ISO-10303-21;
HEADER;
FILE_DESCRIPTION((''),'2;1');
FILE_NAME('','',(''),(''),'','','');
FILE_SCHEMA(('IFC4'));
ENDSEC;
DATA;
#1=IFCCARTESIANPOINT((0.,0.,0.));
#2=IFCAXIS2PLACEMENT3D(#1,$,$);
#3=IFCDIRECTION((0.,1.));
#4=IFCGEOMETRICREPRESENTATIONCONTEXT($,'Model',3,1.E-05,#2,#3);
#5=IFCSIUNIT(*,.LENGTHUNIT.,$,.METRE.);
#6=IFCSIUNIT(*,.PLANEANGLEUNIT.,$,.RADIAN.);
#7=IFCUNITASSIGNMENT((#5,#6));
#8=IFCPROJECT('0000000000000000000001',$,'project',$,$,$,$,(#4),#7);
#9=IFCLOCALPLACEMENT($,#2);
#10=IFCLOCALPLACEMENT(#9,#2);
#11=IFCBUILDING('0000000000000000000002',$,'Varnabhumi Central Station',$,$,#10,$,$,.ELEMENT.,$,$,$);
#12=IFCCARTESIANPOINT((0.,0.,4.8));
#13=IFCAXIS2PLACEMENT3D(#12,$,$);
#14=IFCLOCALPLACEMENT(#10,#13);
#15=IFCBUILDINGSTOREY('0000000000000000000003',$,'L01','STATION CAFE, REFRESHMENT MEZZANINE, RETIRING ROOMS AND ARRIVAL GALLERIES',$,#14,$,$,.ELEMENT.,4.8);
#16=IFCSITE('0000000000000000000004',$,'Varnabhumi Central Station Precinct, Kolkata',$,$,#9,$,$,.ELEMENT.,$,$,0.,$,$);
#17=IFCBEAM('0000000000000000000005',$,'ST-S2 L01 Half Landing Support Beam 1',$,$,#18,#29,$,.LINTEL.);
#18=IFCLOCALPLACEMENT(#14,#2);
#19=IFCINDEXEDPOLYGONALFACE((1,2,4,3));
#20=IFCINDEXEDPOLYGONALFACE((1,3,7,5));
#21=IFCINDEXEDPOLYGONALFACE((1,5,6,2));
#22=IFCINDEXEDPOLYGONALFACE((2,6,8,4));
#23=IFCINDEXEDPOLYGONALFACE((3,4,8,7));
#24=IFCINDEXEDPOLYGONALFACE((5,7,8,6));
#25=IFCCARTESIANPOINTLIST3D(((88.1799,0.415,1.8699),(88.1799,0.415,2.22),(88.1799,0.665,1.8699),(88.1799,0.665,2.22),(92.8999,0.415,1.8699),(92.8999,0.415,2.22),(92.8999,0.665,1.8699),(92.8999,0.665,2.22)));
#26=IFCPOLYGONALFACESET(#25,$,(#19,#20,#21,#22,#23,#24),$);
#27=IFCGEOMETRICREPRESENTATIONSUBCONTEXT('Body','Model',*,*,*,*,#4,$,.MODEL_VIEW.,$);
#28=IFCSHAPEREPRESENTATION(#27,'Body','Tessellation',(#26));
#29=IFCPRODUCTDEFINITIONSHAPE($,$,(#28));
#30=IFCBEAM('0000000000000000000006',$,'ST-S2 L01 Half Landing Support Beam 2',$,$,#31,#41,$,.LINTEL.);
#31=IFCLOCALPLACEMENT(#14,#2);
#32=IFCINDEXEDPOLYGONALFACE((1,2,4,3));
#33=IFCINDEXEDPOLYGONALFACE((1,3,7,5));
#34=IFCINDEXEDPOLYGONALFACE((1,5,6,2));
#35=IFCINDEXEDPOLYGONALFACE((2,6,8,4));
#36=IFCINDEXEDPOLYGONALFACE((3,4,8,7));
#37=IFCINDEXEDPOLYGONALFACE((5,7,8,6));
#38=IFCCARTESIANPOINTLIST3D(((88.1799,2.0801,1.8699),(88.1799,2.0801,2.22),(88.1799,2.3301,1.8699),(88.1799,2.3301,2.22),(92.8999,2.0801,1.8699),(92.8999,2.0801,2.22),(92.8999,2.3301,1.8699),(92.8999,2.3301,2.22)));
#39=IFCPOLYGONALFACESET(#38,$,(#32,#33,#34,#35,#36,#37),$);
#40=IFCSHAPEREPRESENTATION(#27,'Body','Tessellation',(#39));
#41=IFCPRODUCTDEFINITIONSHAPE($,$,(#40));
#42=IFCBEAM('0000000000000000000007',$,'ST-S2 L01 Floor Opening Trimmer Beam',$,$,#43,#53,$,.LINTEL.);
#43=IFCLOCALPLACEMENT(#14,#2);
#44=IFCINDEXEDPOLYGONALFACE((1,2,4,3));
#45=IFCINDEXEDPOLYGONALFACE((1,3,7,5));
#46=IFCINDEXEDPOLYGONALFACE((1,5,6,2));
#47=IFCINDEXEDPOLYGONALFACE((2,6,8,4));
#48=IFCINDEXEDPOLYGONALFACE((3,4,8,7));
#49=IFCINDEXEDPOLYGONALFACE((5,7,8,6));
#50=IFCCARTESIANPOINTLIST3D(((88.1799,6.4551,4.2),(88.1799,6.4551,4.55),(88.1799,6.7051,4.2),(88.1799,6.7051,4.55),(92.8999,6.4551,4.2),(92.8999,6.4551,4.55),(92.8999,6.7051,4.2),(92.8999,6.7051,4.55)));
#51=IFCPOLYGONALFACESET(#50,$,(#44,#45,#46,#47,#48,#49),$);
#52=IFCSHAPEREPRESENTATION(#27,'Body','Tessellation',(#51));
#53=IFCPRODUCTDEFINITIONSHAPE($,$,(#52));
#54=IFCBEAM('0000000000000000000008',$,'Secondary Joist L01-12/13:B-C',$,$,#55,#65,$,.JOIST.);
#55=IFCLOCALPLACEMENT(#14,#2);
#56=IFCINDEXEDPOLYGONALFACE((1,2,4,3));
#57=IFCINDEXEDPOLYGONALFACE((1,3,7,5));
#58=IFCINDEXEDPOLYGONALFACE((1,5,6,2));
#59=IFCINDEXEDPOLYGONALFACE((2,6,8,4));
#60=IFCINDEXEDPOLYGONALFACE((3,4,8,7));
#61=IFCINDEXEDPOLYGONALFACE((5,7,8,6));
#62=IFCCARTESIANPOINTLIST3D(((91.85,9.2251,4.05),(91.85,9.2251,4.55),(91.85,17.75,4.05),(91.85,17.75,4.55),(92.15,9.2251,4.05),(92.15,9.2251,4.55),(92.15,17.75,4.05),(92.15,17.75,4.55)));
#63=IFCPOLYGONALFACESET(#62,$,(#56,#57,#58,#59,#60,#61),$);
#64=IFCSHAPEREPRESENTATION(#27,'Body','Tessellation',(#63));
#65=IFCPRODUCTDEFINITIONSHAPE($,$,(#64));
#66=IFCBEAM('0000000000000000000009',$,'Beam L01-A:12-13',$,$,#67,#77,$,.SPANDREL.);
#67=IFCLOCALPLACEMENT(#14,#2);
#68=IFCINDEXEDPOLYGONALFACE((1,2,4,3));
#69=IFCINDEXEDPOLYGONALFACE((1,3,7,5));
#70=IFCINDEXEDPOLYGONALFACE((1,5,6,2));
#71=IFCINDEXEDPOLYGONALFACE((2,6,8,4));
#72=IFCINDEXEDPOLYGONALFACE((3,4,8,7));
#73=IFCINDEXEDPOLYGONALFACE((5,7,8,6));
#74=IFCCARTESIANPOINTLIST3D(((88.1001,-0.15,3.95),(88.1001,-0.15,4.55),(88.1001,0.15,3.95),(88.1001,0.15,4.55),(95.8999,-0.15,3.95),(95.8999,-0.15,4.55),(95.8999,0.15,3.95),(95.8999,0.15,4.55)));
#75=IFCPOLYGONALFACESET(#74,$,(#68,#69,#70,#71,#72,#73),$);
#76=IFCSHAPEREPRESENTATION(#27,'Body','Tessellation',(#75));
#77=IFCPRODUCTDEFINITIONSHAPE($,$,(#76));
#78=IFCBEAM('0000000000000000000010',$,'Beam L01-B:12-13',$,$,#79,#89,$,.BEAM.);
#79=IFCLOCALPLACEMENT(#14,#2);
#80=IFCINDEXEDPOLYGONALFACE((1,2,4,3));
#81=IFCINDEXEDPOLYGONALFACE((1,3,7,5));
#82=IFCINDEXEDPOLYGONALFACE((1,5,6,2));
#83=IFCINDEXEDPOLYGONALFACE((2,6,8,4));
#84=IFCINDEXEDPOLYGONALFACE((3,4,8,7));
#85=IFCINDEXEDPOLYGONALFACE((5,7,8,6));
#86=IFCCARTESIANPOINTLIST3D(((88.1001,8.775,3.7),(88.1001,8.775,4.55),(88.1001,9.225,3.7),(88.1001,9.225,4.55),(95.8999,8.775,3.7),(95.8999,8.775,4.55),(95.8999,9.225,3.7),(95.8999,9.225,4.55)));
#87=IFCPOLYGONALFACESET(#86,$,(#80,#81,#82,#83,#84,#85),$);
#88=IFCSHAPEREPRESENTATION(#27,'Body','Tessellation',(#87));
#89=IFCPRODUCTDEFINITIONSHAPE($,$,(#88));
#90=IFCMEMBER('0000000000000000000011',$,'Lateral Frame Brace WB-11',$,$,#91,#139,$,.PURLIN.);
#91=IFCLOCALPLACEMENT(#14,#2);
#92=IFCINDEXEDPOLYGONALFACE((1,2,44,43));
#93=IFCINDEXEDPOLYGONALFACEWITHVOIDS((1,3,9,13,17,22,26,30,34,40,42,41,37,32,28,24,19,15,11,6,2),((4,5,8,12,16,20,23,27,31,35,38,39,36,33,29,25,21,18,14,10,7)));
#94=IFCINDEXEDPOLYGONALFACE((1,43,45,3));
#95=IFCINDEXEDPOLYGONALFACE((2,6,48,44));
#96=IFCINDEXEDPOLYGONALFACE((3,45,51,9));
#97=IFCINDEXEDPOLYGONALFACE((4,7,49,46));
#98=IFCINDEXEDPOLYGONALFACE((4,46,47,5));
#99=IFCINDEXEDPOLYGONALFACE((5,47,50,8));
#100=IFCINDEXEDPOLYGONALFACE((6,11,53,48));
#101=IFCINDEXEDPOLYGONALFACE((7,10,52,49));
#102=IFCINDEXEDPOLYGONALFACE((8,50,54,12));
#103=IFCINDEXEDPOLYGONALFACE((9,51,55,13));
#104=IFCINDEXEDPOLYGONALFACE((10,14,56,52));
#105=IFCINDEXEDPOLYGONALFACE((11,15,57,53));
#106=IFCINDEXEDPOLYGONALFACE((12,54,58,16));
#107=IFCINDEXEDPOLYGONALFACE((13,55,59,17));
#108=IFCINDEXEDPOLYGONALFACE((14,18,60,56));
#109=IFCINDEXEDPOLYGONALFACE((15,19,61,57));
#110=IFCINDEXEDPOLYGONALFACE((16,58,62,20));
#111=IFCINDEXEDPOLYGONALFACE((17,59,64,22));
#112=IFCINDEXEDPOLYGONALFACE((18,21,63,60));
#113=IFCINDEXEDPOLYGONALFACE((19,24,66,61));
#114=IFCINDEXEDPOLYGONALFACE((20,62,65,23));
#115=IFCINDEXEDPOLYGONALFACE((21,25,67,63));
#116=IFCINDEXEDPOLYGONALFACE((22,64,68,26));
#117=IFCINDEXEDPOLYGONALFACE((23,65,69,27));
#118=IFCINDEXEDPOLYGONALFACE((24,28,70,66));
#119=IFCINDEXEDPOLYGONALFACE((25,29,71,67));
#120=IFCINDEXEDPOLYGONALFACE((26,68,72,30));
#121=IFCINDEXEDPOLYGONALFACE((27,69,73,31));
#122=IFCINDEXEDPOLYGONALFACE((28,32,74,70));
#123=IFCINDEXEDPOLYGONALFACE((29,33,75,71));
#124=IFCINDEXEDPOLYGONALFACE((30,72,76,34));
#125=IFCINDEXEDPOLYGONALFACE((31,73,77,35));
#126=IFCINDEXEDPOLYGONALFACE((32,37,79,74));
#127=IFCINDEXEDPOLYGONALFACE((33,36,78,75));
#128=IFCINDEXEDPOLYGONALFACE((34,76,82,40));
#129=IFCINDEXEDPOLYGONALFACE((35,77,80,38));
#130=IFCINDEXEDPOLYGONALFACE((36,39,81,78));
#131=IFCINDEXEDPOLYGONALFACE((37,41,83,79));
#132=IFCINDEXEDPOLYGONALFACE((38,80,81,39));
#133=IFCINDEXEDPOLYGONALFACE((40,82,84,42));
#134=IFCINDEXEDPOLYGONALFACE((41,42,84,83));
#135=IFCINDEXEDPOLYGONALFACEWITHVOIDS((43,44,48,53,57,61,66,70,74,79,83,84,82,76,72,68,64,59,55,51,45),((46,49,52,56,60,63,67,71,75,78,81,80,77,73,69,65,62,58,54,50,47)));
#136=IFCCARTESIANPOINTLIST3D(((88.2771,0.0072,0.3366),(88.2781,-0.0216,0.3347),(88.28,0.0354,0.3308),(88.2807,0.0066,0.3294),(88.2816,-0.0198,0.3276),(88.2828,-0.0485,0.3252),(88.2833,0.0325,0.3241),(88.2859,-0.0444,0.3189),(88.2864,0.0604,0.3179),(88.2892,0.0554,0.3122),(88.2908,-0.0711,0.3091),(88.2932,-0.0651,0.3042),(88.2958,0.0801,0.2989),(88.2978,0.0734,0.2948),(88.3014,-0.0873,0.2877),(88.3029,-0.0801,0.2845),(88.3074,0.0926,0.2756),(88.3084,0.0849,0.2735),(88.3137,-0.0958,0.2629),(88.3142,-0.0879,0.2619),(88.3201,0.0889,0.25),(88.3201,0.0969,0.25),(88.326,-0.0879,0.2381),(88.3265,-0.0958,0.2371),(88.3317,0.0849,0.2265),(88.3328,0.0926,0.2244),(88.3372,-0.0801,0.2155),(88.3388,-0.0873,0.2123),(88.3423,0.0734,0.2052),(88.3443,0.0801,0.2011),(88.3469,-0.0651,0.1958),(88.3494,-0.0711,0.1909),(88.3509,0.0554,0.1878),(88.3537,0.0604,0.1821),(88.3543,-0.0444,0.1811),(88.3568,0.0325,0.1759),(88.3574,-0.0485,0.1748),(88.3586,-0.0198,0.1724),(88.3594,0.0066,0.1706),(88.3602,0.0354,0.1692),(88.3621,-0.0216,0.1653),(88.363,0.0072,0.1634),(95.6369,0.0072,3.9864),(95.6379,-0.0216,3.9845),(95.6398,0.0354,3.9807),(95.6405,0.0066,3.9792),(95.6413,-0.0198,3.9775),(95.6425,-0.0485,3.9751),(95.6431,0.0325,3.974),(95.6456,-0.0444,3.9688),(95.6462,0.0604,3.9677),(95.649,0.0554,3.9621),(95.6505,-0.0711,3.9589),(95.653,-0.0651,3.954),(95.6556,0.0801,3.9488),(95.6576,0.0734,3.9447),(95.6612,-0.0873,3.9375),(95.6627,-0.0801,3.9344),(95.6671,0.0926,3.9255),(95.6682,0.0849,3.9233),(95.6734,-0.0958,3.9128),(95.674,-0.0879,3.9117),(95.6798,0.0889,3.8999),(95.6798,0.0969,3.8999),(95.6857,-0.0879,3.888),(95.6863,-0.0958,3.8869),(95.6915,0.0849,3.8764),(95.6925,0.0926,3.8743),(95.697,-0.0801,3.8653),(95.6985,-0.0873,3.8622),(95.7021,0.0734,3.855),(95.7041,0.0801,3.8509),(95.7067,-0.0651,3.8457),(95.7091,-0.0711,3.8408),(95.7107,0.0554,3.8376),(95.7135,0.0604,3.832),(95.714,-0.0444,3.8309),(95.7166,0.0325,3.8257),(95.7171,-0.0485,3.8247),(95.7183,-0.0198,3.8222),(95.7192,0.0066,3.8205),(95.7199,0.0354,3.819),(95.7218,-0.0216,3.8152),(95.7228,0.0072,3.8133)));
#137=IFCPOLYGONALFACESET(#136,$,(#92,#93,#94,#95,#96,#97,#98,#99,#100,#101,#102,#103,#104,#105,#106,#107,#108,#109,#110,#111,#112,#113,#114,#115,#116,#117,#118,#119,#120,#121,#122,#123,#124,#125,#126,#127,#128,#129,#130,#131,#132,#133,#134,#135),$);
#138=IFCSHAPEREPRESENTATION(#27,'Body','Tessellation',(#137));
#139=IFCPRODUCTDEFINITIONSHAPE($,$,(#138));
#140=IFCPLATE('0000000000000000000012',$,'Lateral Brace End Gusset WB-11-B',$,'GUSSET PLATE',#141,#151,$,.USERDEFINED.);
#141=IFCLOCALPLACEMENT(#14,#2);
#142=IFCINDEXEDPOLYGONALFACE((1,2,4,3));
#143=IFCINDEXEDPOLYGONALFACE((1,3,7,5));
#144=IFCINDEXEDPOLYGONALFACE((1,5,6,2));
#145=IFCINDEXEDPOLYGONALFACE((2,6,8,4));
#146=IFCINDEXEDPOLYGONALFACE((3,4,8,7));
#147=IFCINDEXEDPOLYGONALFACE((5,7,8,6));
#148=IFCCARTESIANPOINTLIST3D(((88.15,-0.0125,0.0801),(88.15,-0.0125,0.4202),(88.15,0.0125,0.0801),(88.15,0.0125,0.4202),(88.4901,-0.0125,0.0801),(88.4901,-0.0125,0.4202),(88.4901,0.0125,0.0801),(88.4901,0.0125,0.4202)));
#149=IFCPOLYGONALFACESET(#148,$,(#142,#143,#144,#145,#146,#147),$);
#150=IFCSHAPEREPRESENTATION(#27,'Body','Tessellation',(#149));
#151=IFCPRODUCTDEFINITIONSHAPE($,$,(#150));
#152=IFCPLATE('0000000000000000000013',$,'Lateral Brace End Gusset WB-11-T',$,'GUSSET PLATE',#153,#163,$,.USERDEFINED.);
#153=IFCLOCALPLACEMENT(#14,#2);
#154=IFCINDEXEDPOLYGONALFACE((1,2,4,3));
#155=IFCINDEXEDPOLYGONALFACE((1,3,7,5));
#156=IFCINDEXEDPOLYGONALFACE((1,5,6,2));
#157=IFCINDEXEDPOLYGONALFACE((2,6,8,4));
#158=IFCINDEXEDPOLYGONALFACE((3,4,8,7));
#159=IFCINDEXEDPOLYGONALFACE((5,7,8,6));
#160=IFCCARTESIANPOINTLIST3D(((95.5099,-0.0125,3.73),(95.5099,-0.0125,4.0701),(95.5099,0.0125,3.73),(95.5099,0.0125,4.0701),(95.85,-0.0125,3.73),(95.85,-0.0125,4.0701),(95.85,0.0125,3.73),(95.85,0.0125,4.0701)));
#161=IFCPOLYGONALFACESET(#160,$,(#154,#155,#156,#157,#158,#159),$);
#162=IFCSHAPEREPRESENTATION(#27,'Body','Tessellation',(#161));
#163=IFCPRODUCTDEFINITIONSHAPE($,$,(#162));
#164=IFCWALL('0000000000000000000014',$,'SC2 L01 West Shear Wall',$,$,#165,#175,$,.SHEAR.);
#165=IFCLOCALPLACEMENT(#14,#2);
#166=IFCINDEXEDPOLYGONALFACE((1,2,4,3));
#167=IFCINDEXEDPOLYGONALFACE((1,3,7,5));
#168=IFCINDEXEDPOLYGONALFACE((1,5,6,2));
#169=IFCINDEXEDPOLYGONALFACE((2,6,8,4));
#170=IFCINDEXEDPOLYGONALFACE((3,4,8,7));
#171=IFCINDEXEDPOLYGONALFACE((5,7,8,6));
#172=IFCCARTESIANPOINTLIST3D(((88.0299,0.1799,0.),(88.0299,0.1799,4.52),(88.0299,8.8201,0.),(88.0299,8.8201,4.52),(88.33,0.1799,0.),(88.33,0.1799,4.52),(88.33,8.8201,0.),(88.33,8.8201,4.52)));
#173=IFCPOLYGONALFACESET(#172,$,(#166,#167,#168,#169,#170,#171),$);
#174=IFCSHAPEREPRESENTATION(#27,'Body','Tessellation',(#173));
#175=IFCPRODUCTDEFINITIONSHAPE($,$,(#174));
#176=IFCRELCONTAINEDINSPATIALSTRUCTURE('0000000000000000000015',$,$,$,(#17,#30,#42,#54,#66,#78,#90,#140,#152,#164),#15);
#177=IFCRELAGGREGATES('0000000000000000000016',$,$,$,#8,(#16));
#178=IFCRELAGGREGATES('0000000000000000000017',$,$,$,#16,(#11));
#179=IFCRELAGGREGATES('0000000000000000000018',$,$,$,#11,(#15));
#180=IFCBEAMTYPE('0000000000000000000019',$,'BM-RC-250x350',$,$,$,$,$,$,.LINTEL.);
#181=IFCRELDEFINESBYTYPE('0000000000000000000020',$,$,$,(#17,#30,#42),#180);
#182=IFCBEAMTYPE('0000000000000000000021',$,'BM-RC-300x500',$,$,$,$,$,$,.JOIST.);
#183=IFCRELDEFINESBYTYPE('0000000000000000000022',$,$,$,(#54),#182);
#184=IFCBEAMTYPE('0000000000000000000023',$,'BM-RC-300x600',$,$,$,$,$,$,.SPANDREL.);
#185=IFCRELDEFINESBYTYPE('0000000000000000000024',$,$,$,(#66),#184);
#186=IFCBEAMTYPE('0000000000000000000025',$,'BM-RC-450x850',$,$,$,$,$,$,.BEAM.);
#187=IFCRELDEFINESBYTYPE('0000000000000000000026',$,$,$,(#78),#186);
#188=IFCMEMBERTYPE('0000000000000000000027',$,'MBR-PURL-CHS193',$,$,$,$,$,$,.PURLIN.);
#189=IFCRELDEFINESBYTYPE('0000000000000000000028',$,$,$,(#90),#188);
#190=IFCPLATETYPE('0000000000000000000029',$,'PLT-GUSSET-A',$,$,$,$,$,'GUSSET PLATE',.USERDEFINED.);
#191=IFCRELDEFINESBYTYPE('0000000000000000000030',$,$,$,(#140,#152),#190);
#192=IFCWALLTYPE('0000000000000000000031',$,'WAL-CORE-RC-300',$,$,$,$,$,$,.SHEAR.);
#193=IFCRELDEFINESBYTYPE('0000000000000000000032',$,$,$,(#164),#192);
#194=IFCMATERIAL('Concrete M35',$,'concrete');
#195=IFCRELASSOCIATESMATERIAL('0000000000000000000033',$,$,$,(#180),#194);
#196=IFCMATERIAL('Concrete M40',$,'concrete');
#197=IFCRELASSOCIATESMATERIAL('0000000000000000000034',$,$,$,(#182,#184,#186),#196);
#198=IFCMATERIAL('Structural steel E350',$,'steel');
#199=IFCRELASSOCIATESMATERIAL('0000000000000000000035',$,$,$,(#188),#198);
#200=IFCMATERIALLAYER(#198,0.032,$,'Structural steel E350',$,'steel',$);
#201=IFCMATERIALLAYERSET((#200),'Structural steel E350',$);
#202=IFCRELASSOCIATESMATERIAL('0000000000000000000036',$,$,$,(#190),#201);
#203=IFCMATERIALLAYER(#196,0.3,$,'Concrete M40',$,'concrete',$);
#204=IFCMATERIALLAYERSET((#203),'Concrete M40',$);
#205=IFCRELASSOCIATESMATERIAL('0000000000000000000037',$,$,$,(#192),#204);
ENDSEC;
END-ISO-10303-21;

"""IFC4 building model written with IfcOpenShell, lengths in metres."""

from ifc_helpers import new_model, si_unit, direction, frame, frame_2d, origin, origin_2d, place, context, subcontext, project, spatial, rectangle, hollow_circle, extrude, material, layer, layer_set, material_profile, profile_set, type_object, element, save


model = new_model("IFC4")

# Units and contexts
model_context = context("Model", 3, precision=1e-05, world=origin(), true_north=direction((0.0, 1.0)))
body_context = subcontext(model_context, "Body", "Model", "MODEL_VIEW")
ifc_project = project(units=[si_unit("LENGTHUNIT", "METRE"), si_unit("PLANEANGLEUNIT", "RADIAN")], contexts=[model_context])

# Site, building, storey
site_placement = place(None, origin())
site = spatial("IfcSite", under=ifc_project, at=site_placement, Name="Varnabhumi Central Station Precinct, Kolkata", CompositionType="ELEMENT", RefElevation=0.0)
building_placement = place(site_placement, origin())
building = spatial("IfcBuilding", under=site, at=building_placement, Name="Varnabhumi Central Station", CompositionType="ELEMENT")
storey_placement = place(building_placement, frame((0.0, 0.0, 4.8)))
storey = spatial("IfcBuildingStorey", under=building, at=storey_placement, Name="L01", Description="STATION CAFE, REFRESHMENT MEZZANINE, RETIRING ROOMS AND ARRIVAL GALLERIES", CompositionType="ELEMENT", Elevation=4.8)

# Beams
ifc_material_1 = material(Name="Concrete M35", Category="concrete")
ifc_material_profile_1 = material_profile(ifc_material_1, rectangle(XDim=0.25, YDim=0.3501, at=origin_2d()), Name="Concrete M35", Category="concrete")
ifc_profile_set_1 = profile_set([ifc_material_profile_1], Name="Concrete M35")
beam_type_1 = type_object("IfcBeamType", Name="BM-RC-250x350", PredefinedType="LINTEL", material=ifc_profile_set_1)
for number, where, z_axis, x_axis, name in (
    (1, (88.1799, 0.54, 2.0449), (1.0, 0.0, 0.0), (0.0, 1.0, 0.0), "ST-S2 L01 Half Landing Support Beam 1"),
    (2, (88.1799, 2.2051, 2.0449), (1.0, 0.0, 0.0), (0.0, 1.0, 0.0), "ST-S2 L01 Half Landing Support Beam 2"),
    (3, (88.1799, 6.5801, 4.375), (1.0, 0.0, 0.0), (0.0, 1.0, 0.0), "ST-S2 L01 Floor Opening Trimmer Beam"),
):
    element("IfcBeam", number, at=place(storey_placement, frame(where, z_axis=z_axis, x_axis=x_axis)), inside=storey, type_object=beam_type_1, Name=name, PredefinedType="LINTEL", context=body_context, shape_type="SweptSolid", body=[
        extrude(rectangle(XDim=0.25, YDim=0.3501, at=origin_2d()), origin(), (0.0, 0.0, 1.0), 4.72),
    ])
ifc_material_2 = material(Name="Concrete M40", Category="concrete")
ifc_material_profile_2 = material_profile(ifc_material_2, rectangle(XDim=0.3, YDim=0.5, at=origin_2d()), Name="Concrete M40", Category="concrete")
ifc_profile_set_2 = profile_set([ifc_material_profile_2], Name="Concrete M40")
beam_type_2 = type_object("IfcBeamType", Name="BM-RC-300x500", PredefinedType="JOIST", material=ifc_profile_set_2)
beam_1_placement = place(storey_placement, frame((92.0, 9.2251, 4.3), z_axis=(0.0, 1.0, 0.0), x_axis=(-1.0, 0.0, 0.0)))
element("IfcBeam", 4, at=beam_1_placement, inside=storey, type_object=beam_type_2, Name="Secondary Joist L01-12/13:B-C", PredefinedType="JOIST", context=body_context, shape_type="SweptSolid", body=[
    extrude(rectangle(XDim=0.3, YDim=0.5, at=origin_2d()), origin(), (0.0, 0.0, 1.0), 8.5249),
])
ifc_material_profile_3 = material_profile(ifc_material_2, rectangle(XDim=0.3, YDim=0.6001, at=origin_2d()), Name="Concrete M40", Category="concrete")
ifc_profile_set_3 = profile_set([ifc_material_profile_3], Name="Concrete M40")
beam_type_3 = type_object("IfcBeamType", Name="BM-RC-300x600", PredefinedType="SPANDREL", material=ifc_profile_set_3)
beam_2_placement = place(storey_placement, frame((88.1001, 0.0, 4.25), z_axis=(1.0, 0.0, 0.0), x_axis=(0.0, 1.0, 0.0)))
element("IfcBeam", 5, at=beam_2_placement, inside=storey, type_object=beam_type_3, Name="Beam L01-A:12-13", PredefinedType="SPANDREL", context=body_context, shape_type="SweptSolid", body=[
    extrude(rectangle(XDim=0.3, YDim=0.6001, at=origin_2d()), origin(), (0.0, 0.0, 1.0), 7.7998),
])
ifc_material_profile_4 = material_profile(ifc_material_2, rectangle(XDim=0.45, YDim=0.8501, at=origin_2d()), Name="Concrete M40", Category="concrete")
ifc_profile_set_4 = profile_set([ifc_material_profile_4], Name="Concrete M40")
beam_type_4 = type_object("IfcBeamType", Name="BM-RC-450x850", PredefinedType="BEAM", material=ifc_profile_set_4)
beam_3_placement = place(storey_placement, frame((88.1001, 9.0, 4.125), z_axis=(1.0, 0.0, 0.0), x_axis=(0.0, 1.0, 0.0)))
element("IfcBeam", 6, at=beam_3_placement, inside=storey, type_object=beam_type_4, Name="Beam L01-B:12-13", PredefinedType="BEAM", context=body_context, shape_type="SweptSolid", body=[
    extrude(rectangle(XDim=0.45, YDim=0.8501, at=origin_2d()), origin(), (0.0, 0.0, 1.0), 7.7998),
])

# Member
ifc_material_3 = material(Name="Structural steel E350", Category="steel")
ifc_material_profile_5 = material_profile(ifc_material_3, hollow_circle(Radius=0.0969, WallThickness=0.0081, at=origin_2d()), Name="Structural steel E350", Category="steel")
ifc_profile_set_5 = profile_set([ifc_material_profile_5], Name="Structural steel E350")
member_type = type_object("IfcMemberType", Name="MBR-PURL-CHS193", PredefinedType="PURLIN", material=ifc_profile_set_5)
member_placement = place(storey_placement, frame((88.3201, 0.0, 0.25), z_axis=(0.895885, 0.0, 0.444287), x_axis=(0.0, 1.0, 0.0)))
element("IfcMember", 7, at=member_placement, inside=storey, type_object=member_type, Name="Lateral Frame Brace WB-11", PredefinedType="PURLIN", context=body_context, shape_type="SweptSolid", body=[
    extrude(hollow_circle(Radius=0.0969, WallThickness=0.0081, at=origin_2d()), origin(), (0.0, 0.0, 1.0), 8.2151),
])

# Plates
ifc_layer_1 = layer(ifc_material_3, 0.032, Name="Structural steel E350", Category="steel")
ifc_layer_set_1 = layer_set([ifc_layer_1], Name="Structural steel E350")
plate_type = type_object("IfcPlateType", Name="PLT-GUSSET-A", ElementType="GUSSET PLATE", PredefinedType="USERDEFINED", material=ifc_layer_set_1)
for number, where, z_axis, x_axis, name in (
    (8, (88.3201, 0.0, 0.0801), (0.0, 0.0, 1.0), (1.0, 0.0, 0.0), "Lateral Brace End Gusset WB-11-B"),
    (9, (95.6799, 0.0, 3.73), (0.0, 0.0, 1.0), (1.0, 0.0, 0.0), "Lateral Brace End Gusset WB-11-T"),
):
    element("IfcPlate", number, at=place(storey_placement, frame(where, z_axis=z_axis, x_axis=x_axis)), inside=storey, type_object=plate_type, Name=name, ObjectType="GUSSET PLATE", PredefinedType="USERDEFINED", context=body_context, shape_type="SweptSolid", body=[
        extrude(rectangle(XDim=0.3401, YDim=0.0249, at=origin_2d()), origin(), (0.0, 0.0, 1.0), 0.3401),
    ])

# Wall
ifc_layer_2 = layer(ifc_material_2, 0.3, Name="Concrete M40", Category="concrete")
ifc_layer_set_2 = layer_set([ifc_layer_2], Name="Concrete M40")
wall_type_1 = type_object("IfcWallType", Name="WAL-CORE-RC-300", PredefinedType="SHEAR", material=ifc_layer_set_2)
wall_1_placement = place(storey_placement, frame((88.1799, 0.1799, 0.0), z_axis=(0.0, 0.0, 1.0), x_axis=(0.0, 1.0, 0.0)))
element("IfcWall", 10, at=wall_1_placement, inside=storey, type_object=wall_type_1, Name="SC2 L01 West Shear Wall", PredefinedType="SHEAR", context=body_context, shape_type="SweptSolid", body=[
    extrude(rectangle(XDim=8.6401, YDim=0.3, at=frame_2d((4.3201, 0.0))), origin(), (0.0, 0.0, 1.0), 4.52),
])

save(model, "model.ifc")
